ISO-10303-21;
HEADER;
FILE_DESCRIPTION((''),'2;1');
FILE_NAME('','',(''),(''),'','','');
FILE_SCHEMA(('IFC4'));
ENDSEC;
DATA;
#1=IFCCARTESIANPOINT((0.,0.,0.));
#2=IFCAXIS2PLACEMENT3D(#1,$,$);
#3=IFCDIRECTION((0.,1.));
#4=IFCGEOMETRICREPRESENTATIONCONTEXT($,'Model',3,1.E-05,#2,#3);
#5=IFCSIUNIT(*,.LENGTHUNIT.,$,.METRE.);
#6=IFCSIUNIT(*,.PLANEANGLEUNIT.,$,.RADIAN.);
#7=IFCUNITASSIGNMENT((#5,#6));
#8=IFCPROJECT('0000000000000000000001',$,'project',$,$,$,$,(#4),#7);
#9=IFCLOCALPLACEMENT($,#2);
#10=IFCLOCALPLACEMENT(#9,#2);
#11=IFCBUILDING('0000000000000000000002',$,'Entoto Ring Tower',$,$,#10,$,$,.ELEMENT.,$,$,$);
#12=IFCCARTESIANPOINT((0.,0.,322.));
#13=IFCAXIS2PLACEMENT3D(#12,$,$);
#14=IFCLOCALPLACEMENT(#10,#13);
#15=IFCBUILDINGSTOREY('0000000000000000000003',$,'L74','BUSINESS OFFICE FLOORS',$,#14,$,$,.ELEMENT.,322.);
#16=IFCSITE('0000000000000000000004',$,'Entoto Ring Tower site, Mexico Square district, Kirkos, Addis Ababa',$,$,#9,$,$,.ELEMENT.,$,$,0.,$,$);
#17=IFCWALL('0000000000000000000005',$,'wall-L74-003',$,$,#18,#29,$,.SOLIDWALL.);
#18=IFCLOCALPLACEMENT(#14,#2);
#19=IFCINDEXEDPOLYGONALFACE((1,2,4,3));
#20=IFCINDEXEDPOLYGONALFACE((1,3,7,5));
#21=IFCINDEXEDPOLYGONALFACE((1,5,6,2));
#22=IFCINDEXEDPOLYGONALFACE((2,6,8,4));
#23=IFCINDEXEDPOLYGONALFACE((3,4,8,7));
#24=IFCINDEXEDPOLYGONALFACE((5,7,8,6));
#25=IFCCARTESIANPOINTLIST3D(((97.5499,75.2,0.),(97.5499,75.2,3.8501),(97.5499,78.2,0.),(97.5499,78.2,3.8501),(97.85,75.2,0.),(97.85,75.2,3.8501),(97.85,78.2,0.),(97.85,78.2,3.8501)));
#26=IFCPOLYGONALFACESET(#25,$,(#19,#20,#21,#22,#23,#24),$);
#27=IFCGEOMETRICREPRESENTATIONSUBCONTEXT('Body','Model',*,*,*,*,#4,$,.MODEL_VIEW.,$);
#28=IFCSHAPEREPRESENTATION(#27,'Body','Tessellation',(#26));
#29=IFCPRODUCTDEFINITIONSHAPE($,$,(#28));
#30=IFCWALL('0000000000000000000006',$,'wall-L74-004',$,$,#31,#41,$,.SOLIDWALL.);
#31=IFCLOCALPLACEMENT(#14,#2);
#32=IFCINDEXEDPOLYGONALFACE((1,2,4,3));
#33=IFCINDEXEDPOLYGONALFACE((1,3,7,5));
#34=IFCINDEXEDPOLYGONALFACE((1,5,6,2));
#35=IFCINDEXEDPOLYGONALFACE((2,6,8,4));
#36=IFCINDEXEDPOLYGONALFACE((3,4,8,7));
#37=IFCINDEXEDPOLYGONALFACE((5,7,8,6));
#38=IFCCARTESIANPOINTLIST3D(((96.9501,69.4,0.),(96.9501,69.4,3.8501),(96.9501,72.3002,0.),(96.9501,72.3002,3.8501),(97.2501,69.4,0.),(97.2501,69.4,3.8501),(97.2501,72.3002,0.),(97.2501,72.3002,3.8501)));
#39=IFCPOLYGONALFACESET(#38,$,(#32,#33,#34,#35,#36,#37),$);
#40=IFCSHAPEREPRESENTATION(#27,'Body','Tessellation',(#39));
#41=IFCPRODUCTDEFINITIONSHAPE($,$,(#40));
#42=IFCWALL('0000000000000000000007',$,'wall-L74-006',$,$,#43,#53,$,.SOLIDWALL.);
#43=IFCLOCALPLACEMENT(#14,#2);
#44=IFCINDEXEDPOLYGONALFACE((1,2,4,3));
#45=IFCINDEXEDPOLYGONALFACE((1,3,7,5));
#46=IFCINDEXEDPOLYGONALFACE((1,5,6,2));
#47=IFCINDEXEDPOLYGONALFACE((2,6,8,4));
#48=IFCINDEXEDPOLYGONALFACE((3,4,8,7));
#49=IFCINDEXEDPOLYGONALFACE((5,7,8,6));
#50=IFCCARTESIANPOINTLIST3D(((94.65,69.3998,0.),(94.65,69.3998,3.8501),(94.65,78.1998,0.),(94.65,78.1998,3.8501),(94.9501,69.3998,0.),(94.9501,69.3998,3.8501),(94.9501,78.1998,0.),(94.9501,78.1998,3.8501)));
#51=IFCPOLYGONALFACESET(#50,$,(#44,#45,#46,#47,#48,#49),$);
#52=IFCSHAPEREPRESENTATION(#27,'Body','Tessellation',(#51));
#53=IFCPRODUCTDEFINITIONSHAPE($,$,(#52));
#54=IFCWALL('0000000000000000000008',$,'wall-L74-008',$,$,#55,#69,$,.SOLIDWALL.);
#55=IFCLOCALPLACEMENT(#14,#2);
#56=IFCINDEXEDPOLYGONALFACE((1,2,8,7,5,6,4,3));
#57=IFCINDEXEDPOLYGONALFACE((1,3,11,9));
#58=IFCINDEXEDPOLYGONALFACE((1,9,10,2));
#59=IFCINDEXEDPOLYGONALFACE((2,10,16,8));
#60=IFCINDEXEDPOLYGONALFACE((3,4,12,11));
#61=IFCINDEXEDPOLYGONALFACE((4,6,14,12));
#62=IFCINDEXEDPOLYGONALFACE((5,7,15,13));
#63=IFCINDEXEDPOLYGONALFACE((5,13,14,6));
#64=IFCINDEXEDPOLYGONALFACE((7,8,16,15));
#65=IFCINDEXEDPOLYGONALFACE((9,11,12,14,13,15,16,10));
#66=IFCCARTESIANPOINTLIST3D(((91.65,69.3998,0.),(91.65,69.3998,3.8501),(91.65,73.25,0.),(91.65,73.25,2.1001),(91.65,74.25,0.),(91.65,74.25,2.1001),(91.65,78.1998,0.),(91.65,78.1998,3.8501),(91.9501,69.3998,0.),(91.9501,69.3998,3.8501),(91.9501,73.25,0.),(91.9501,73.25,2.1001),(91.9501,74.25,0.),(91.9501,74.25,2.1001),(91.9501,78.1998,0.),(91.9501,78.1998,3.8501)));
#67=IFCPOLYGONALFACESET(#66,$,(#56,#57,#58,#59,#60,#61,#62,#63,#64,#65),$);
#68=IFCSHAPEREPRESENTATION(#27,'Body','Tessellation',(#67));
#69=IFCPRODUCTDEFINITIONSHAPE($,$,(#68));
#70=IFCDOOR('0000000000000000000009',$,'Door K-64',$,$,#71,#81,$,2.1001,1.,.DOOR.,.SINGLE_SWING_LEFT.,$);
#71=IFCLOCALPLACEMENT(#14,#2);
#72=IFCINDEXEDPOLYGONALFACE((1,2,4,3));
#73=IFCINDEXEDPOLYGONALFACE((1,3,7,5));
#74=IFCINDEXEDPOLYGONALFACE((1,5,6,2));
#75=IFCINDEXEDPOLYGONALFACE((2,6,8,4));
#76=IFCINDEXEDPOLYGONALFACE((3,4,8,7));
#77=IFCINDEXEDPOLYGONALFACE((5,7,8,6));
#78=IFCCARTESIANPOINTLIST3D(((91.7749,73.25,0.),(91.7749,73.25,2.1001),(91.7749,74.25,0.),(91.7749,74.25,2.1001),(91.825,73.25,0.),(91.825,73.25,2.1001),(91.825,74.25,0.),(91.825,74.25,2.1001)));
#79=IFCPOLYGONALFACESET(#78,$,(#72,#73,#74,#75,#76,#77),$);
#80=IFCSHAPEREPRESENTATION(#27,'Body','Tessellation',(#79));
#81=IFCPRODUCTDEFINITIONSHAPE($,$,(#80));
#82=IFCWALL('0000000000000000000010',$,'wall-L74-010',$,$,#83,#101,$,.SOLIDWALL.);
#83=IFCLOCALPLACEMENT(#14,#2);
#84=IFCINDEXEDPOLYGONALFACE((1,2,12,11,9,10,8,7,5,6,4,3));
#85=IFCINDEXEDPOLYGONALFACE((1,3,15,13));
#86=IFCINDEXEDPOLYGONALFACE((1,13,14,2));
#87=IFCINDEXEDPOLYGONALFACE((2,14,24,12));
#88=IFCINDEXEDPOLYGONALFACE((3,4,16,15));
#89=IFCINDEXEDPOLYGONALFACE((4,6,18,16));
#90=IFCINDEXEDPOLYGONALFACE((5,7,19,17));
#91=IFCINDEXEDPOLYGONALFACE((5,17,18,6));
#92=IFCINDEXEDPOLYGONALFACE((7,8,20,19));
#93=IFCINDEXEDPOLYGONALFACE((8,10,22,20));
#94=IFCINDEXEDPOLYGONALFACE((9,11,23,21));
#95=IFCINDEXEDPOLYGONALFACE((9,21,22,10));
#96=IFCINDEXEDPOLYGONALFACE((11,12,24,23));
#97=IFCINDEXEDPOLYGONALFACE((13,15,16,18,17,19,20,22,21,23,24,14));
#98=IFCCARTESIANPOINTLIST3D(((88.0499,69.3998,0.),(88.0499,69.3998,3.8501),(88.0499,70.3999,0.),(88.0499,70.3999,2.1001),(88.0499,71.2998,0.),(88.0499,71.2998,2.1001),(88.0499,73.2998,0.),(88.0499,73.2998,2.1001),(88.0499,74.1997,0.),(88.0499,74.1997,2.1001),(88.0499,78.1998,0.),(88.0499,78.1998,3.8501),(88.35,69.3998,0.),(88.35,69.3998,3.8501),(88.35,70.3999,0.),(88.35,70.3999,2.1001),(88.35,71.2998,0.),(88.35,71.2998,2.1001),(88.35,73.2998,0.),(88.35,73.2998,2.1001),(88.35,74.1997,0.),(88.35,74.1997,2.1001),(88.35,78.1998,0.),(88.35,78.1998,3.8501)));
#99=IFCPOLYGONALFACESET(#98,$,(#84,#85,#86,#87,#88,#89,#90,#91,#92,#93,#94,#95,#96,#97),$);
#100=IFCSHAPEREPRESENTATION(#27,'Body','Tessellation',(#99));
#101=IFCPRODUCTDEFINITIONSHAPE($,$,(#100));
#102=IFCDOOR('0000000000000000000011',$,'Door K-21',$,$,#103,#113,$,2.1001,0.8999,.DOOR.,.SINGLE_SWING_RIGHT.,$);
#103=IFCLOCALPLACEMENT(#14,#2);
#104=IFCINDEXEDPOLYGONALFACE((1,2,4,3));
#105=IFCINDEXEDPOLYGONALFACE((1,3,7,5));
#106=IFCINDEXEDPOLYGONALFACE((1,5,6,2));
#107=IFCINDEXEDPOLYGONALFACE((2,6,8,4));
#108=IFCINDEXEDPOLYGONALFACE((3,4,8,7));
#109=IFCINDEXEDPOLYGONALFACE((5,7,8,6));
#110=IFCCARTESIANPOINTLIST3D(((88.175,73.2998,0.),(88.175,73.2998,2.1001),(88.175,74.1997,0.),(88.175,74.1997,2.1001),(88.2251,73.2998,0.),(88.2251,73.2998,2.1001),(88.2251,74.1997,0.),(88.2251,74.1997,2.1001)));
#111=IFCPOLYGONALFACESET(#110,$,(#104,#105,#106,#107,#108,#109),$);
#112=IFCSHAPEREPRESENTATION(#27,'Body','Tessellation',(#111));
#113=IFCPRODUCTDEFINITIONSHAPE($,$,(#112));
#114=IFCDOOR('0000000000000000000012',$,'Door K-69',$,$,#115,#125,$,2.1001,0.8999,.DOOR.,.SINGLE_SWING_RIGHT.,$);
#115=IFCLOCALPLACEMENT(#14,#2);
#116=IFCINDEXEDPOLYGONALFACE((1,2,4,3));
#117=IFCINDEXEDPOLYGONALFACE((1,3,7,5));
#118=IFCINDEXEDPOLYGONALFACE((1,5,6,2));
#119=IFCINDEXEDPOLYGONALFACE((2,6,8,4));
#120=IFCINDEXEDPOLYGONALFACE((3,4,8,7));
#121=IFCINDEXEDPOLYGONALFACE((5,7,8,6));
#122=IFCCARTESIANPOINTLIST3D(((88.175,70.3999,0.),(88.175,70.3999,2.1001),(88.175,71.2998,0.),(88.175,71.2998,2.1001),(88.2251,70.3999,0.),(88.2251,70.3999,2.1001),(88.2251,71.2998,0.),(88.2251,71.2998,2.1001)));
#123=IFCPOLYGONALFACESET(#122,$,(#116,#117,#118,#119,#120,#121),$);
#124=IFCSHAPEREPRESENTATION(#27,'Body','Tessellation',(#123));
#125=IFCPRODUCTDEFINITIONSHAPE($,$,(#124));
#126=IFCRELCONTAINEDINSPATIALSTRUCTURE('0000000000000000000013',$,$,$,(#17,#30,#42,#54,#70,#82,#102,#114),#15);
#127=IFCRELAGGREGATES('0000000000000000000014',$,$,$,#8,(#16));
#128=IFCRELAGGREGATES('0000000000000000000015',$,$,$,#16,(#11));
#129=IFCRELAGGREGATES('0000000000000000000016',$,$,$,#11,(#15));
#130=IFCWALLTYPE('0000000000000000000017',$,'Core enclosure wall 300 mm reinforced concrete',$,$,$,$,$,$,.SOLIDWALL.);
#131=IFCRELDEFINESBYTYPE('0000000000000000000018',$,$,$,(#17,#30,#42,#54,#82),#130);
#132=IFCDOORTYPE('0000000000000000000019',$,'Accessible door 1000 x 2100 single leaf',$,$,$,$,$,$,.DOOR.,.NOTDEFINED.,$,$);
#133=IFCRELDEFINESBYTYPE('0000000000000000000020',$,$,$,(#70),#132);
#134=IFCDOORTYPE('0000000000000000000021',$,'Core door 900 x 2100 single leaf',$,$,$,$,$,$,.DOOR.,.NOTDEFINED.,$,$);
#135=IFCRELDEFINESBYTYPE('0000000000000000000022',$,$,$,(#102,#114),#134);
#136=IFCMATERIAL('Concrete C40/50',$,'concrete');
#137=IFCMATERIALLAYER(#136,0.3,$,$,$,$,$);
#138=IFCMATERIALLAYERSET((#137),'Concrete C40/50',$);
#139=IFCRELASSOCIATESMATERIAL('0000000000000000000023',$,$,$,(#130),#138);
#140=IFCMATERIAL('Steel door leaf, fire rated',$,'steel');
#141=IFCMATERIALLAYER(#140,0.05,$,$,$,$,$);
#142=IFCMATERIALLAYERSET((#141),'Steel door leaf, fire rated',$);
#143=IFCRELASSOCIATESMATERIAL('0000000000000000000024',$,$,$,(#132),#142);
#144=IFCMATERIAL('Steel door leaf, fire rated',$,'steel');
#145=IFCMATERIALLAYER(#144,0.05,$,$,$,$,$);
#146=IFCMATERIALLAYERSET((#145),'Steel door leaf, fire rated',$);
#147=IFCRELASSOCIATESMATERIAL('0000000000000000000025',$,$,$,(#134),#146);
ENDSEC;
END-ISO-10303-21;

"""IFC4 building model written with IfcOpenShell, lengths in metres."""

from ifc_helpers import new_model, si_unit, direction, frame, frame_2d, origin, place, context, subcontext, project, spatial, rectangle, extrude, material, layer, layer_set, type_object, element, fill, save


model = new_model("IFC4")

# Units and contexts
model_context = context("Model", 3, precision=1e-05, world=origin(), true_north=direction((0.0, 1.0)))
body_context = subcontext(model_context, "Body", "Model", "MODEL_VIEW")
ifc_project = project(units=[si_unit("LENGTHUNIT", "METRE"), si_unit("PLANEANGLEUNIT", "RADIAN")], contexts=[model_context])

# Site, building, storey
site_placement = place(None, origin())
site = spatial("IfcSite", under=ifc_project, at=site_placement, Name="Entoto Ring Tower site, Mexico Square district, Kirkos, Addis Ababa", CompositionType="ELEMENT", RefElevation=0.0)
building_placement = place(site_placement, origin())
building = spatial("IfcBuilding", under=site, at=building_placement, Name="Entoto Ring Tower", CompositionType="ELEMENT")
storey_placement = place(building_placement, frame((0.0, 0.0, 322.0)))
storey = spatial("IfcBuildingStorey", under=building, at=storey_placement, Name="L74", Description="BUSINESS OFFICE FLOORS", CompositionType="ELEMENT", Elevation=322.0)

# Walls
ifc_material_1 = material(Name="Concrete C40/50", Category="concrete")
ifc_layer_1 = layer(ifc_material_1, 0.3)
ifc_layer_set_1 = layer_set([ifc_layer_1], Name="Concrete C40/50")
wall_type_1 = type_object("IfcWallType", Name="Core enclosure wall 300 mm reinforced concrete", PredefinedType="SOLIDWALL", material=ifc_layer_set_1)
wall_1_placement = place(storey_placement, frame((97.7, 75.2, 0.0), z_axis=(0.0, 0.0, 1.0), x_axis=(0.0, 1.0, 0.0)))
element("IfcWall", 1, at=wall_1_placement, inside=storey, type_object=wall_type_1, Name="wall-L74-003", PredefinedType="SOLIDWALL", context=body_context, shape_type="SweptSolid", body=[
    extrude(rectangle(XDim=3.0, YDim=0.3, at=frame_2d((1.5, 0.0))), origin(), (0.0, 0.0, 1.0), 3.8501),
])
wall_2_placement = place(storey_placement, frame((97.1001, 69.3999, 0.0), z_axis=(0.0, 0.0, 1.0), x_axis=(0.0, 1.0, 0.0)))
element("IfcWall", 2, at=wall_2_placement, inside=storey, type_object=wall_type_1, Name="wall-L74-004", PredefinedType="SOLIDWALL", context=body_context, shape_type="SweptSolid", body=[
    extrude(rectangle(XDim=2.9001, YDim=0.3, at=frame_2d((1.4502, 0.0))), origin(), (0.0, 0.0, 1.0), 3.8501),
])
wall_3_placement = place(storey_placement, frame((94.8, 69.3999, 0.0), z_axis=(0.0, 0.0, 1.0), x_axis=(0.0, 1.0, 0.0)))
element("IfcWall", 3, at=wall_3_placement, inside=storey, type_object=wall_type_1, Name="wall-L74-006", PredefinedType="SOLIDWALL", context=body_context, shape_type="SweptSolid", body=[
    extrude(rectangle(XDim=8.8, YDim=0.3, at=frame_2d((4.3999, 0.0))), origin(), (0.0, 0.0, 1.0), 3.8501),
])

# Wall, opening, door
wall_4_placement = place(storey_placement, frame((91.8, 69.3999, 0.0), z_axis=(0.0, 0.0, 1.0), x_axis=(0.0, 1.0, 0.0)))
wall_4 = element("IfcWall", 4, at=wall_4_placement, inside=storey, type_object=wall_type_1, Name="wall-L74-008", PredefinedType="SOLIDWALL", context=body_context, shape_type="SweptSolid", body=[
    extrude(rectangle(XDim=8.8, YDim=0.3, at=frame_2d((4.3999, 0.0))), origin(), (0.0, 0.0, 1.0), 3.8501),
])
opening_1_placement = place(wall_4_placement, frame((3.8501, 0.0, 0.0)))
opening_1 = element("IfcOpeningElement", 5, at=opening_1_placement, cuts=wall_4, PredefinedType="OPENING", context=body_context, shape_type="SweptSolid", body=[
    extrude(rectangle(XDim=1.0, YDim=2.1001, at=frame_2d((0.5, 1.05))), frame((0.0, 0.1602, 0.0), z_axis=(0.0, -1.0, 0.0), x_axis=(1.0, 0.0, 0.0)), (0.0, 0.0, 1.0), 0.3201),
])
ifc_material_2 = material(Name="Steel door leaf, fire rated", Category="steel")
ifc_layer_2 = layer(ifc_material_2, 0.05)
ifc_layer_set_2 = layer_set([ifc_layer_2], Name="Steel door leaf, fire rated")
door_type_1 = type_object("IfcDoorType", Name="Accessible door 1000 x 2100 single leaf", OperationType="NOTDEFINED", PredefinedType="DOOR", material=ifc_layer_set_2)
door_1_placement = place(opening_1_placement, frame((1.0, 0.0, 0.0), z_axis=(0.0, 0.0, 1.0), x_axis=(-1.0, 0.0, 0.0)))
door_1 = element("IfcDoor", 6, at=door_1_placement, inside=storey, type_object=door_type_1, Name="Door K-64", OperationType="SINGLE_SWING_LEFT", OverallHeight=2.1001, OverallWidth=1.0, PredefinedType="DOOR", context=body_context, shape_type="SweptSolid", body=[
    extrude(rectangle(XDim=1.0, YDim=2.1001, at=frame_2d((0.5, 1.05))), frame((0.0, 0.0249, 0.0), z_axis=(0.0, -1.0, 0.0), x_axis=(1.0, 0.0, 0.0)), (0.0, 0.0, 1.0), 0.05),
])
fill(opening_1, door_1)

# Wall, openings, doors
wall_5_placement = place(storey_placement, frame((88.2, 69.3999, 0.0), z_axis=(0.0, 0.0, 1.0), x_axis=(0.0, 1.0, 0.0)))
wall_5 = element("IfcWall", 7, at=wall_5_placement, inside=storey, type_object=wall_type_1, Name="wall-L74-010", PredefinedType="SOLIDWALL", context=body_context, shape_type="SweptSolid", body=[
    extrude(rectangle(XDim=8.8, YDim=0.3, at=frame_2d((4.3999, 0.0))), origin(), (0.0, 0.0, 1.0), 3.8501),
])
opening_2_placement = place(wall_5_placement, frame((3.8999, 0.0, 0.0)))
opening_2 = element("IfcOpeningElement", 8, at=opening_2_placement, cuts=wall_5, PredefinedType="OPENING", context=body_context, shape_type="SweptSolid", body=[
    extrude(rectangle(XDim=0.8999, YDim=2.1001, at=frame_2d((0.45, 1.05))), frame((0.0, 0.1602, 0.0), z_axis=(0.0, -1.0, 0.0), x_axis=(1.0, 0.0, 0.0)), (0.0, 0.0, 1.0), 0.3201),
])
opening_3_placement = place(wall_5_placement, frame((1.0, 0.0, 0.0)))
opening_3 = element("IfcOpeningElement", 9, at=opening_3_placement, cuts=wall_5, PredefinedType="OPENING", context=body_context, shape_type="SweptSolid", body=[
    extrude(rectangle(XDim=0.8999, YDim=2.1001, at=frame_2d((0.45, 1.05))), frame((0.0, 0.1602, 0.0), z_axis=(0.0, -1.0, 0.0), x_axis=(1.0, 0.0, 0.0)), (0.0, 0.0, 1.0), 0.3201),
])
ifc_material_3 = material(Name="Steel door leaf, fire rated", Category="steel")
ifc_layer_3 = layer(ifc_material_3, 0.05)
ifc_layer_set_3 = layer_set([ifc_layer_3], Name="Steel door leaf, fire rated")
door_type_2 = type_object("IfcDoorType", Name="Core door 900 x 2100 single leaf", OperationType="NOTDEFINED", PredefinedType="DOOR", material=ifc_layer_set_3)
door_2_placement = place(opening_2_placement, origin())
door_2 = element("IfcDoor", 10, at=door_2_placement, inside=storey, type_object=door_type_2, Name="Door K-21", OperationType="SINGLE_SWING_RIGHT", OverallHeight=2.1001, OverallWidth=0.8999, PredefinedType="DOOR", context=body_context, shape_type="SweptSolid", body=[
    extrude(rectangle(XDim=0.8999, YDim=2.1001, at=frame_2d((0.45, 1.05))), frame((0.0, 0.0249, 0.0), z_axis=(0.0, -1.0, 0.0), x_axis=(1.0, 0.0, 0.0)), (0.0, 0.0, 1.0), 0.05),
])
fill(opening_2, door_2)
door_3_placement = place(opening_3_placement, origin())
door_3 = element("IfcDoor", 11, at=door_3_placement, inside=storey, type_object=door_type_2, Name="Door K-69", OperationType="SINGLE_SWING_RIGHT", OverallHeight=2.1001, OverallWidth=0.8999, PredefinedType="DOOR", context=body_context, shape_type="SweptSolid", body=[
    extrude(rectangle(XDim=0.8999, YDim=2.1001, at=frame_2d((0.45, 1.05))), frame((0.0, 0.0249, 0.0), z_axis=(0.0, -1.0, 0.0), x_axis=(1.0, 0.0, 0.0)), (0.0, 0.0, 1.0), 0.05),
])
fill(opening_3, door_3)

save(model, "model.ifc")
